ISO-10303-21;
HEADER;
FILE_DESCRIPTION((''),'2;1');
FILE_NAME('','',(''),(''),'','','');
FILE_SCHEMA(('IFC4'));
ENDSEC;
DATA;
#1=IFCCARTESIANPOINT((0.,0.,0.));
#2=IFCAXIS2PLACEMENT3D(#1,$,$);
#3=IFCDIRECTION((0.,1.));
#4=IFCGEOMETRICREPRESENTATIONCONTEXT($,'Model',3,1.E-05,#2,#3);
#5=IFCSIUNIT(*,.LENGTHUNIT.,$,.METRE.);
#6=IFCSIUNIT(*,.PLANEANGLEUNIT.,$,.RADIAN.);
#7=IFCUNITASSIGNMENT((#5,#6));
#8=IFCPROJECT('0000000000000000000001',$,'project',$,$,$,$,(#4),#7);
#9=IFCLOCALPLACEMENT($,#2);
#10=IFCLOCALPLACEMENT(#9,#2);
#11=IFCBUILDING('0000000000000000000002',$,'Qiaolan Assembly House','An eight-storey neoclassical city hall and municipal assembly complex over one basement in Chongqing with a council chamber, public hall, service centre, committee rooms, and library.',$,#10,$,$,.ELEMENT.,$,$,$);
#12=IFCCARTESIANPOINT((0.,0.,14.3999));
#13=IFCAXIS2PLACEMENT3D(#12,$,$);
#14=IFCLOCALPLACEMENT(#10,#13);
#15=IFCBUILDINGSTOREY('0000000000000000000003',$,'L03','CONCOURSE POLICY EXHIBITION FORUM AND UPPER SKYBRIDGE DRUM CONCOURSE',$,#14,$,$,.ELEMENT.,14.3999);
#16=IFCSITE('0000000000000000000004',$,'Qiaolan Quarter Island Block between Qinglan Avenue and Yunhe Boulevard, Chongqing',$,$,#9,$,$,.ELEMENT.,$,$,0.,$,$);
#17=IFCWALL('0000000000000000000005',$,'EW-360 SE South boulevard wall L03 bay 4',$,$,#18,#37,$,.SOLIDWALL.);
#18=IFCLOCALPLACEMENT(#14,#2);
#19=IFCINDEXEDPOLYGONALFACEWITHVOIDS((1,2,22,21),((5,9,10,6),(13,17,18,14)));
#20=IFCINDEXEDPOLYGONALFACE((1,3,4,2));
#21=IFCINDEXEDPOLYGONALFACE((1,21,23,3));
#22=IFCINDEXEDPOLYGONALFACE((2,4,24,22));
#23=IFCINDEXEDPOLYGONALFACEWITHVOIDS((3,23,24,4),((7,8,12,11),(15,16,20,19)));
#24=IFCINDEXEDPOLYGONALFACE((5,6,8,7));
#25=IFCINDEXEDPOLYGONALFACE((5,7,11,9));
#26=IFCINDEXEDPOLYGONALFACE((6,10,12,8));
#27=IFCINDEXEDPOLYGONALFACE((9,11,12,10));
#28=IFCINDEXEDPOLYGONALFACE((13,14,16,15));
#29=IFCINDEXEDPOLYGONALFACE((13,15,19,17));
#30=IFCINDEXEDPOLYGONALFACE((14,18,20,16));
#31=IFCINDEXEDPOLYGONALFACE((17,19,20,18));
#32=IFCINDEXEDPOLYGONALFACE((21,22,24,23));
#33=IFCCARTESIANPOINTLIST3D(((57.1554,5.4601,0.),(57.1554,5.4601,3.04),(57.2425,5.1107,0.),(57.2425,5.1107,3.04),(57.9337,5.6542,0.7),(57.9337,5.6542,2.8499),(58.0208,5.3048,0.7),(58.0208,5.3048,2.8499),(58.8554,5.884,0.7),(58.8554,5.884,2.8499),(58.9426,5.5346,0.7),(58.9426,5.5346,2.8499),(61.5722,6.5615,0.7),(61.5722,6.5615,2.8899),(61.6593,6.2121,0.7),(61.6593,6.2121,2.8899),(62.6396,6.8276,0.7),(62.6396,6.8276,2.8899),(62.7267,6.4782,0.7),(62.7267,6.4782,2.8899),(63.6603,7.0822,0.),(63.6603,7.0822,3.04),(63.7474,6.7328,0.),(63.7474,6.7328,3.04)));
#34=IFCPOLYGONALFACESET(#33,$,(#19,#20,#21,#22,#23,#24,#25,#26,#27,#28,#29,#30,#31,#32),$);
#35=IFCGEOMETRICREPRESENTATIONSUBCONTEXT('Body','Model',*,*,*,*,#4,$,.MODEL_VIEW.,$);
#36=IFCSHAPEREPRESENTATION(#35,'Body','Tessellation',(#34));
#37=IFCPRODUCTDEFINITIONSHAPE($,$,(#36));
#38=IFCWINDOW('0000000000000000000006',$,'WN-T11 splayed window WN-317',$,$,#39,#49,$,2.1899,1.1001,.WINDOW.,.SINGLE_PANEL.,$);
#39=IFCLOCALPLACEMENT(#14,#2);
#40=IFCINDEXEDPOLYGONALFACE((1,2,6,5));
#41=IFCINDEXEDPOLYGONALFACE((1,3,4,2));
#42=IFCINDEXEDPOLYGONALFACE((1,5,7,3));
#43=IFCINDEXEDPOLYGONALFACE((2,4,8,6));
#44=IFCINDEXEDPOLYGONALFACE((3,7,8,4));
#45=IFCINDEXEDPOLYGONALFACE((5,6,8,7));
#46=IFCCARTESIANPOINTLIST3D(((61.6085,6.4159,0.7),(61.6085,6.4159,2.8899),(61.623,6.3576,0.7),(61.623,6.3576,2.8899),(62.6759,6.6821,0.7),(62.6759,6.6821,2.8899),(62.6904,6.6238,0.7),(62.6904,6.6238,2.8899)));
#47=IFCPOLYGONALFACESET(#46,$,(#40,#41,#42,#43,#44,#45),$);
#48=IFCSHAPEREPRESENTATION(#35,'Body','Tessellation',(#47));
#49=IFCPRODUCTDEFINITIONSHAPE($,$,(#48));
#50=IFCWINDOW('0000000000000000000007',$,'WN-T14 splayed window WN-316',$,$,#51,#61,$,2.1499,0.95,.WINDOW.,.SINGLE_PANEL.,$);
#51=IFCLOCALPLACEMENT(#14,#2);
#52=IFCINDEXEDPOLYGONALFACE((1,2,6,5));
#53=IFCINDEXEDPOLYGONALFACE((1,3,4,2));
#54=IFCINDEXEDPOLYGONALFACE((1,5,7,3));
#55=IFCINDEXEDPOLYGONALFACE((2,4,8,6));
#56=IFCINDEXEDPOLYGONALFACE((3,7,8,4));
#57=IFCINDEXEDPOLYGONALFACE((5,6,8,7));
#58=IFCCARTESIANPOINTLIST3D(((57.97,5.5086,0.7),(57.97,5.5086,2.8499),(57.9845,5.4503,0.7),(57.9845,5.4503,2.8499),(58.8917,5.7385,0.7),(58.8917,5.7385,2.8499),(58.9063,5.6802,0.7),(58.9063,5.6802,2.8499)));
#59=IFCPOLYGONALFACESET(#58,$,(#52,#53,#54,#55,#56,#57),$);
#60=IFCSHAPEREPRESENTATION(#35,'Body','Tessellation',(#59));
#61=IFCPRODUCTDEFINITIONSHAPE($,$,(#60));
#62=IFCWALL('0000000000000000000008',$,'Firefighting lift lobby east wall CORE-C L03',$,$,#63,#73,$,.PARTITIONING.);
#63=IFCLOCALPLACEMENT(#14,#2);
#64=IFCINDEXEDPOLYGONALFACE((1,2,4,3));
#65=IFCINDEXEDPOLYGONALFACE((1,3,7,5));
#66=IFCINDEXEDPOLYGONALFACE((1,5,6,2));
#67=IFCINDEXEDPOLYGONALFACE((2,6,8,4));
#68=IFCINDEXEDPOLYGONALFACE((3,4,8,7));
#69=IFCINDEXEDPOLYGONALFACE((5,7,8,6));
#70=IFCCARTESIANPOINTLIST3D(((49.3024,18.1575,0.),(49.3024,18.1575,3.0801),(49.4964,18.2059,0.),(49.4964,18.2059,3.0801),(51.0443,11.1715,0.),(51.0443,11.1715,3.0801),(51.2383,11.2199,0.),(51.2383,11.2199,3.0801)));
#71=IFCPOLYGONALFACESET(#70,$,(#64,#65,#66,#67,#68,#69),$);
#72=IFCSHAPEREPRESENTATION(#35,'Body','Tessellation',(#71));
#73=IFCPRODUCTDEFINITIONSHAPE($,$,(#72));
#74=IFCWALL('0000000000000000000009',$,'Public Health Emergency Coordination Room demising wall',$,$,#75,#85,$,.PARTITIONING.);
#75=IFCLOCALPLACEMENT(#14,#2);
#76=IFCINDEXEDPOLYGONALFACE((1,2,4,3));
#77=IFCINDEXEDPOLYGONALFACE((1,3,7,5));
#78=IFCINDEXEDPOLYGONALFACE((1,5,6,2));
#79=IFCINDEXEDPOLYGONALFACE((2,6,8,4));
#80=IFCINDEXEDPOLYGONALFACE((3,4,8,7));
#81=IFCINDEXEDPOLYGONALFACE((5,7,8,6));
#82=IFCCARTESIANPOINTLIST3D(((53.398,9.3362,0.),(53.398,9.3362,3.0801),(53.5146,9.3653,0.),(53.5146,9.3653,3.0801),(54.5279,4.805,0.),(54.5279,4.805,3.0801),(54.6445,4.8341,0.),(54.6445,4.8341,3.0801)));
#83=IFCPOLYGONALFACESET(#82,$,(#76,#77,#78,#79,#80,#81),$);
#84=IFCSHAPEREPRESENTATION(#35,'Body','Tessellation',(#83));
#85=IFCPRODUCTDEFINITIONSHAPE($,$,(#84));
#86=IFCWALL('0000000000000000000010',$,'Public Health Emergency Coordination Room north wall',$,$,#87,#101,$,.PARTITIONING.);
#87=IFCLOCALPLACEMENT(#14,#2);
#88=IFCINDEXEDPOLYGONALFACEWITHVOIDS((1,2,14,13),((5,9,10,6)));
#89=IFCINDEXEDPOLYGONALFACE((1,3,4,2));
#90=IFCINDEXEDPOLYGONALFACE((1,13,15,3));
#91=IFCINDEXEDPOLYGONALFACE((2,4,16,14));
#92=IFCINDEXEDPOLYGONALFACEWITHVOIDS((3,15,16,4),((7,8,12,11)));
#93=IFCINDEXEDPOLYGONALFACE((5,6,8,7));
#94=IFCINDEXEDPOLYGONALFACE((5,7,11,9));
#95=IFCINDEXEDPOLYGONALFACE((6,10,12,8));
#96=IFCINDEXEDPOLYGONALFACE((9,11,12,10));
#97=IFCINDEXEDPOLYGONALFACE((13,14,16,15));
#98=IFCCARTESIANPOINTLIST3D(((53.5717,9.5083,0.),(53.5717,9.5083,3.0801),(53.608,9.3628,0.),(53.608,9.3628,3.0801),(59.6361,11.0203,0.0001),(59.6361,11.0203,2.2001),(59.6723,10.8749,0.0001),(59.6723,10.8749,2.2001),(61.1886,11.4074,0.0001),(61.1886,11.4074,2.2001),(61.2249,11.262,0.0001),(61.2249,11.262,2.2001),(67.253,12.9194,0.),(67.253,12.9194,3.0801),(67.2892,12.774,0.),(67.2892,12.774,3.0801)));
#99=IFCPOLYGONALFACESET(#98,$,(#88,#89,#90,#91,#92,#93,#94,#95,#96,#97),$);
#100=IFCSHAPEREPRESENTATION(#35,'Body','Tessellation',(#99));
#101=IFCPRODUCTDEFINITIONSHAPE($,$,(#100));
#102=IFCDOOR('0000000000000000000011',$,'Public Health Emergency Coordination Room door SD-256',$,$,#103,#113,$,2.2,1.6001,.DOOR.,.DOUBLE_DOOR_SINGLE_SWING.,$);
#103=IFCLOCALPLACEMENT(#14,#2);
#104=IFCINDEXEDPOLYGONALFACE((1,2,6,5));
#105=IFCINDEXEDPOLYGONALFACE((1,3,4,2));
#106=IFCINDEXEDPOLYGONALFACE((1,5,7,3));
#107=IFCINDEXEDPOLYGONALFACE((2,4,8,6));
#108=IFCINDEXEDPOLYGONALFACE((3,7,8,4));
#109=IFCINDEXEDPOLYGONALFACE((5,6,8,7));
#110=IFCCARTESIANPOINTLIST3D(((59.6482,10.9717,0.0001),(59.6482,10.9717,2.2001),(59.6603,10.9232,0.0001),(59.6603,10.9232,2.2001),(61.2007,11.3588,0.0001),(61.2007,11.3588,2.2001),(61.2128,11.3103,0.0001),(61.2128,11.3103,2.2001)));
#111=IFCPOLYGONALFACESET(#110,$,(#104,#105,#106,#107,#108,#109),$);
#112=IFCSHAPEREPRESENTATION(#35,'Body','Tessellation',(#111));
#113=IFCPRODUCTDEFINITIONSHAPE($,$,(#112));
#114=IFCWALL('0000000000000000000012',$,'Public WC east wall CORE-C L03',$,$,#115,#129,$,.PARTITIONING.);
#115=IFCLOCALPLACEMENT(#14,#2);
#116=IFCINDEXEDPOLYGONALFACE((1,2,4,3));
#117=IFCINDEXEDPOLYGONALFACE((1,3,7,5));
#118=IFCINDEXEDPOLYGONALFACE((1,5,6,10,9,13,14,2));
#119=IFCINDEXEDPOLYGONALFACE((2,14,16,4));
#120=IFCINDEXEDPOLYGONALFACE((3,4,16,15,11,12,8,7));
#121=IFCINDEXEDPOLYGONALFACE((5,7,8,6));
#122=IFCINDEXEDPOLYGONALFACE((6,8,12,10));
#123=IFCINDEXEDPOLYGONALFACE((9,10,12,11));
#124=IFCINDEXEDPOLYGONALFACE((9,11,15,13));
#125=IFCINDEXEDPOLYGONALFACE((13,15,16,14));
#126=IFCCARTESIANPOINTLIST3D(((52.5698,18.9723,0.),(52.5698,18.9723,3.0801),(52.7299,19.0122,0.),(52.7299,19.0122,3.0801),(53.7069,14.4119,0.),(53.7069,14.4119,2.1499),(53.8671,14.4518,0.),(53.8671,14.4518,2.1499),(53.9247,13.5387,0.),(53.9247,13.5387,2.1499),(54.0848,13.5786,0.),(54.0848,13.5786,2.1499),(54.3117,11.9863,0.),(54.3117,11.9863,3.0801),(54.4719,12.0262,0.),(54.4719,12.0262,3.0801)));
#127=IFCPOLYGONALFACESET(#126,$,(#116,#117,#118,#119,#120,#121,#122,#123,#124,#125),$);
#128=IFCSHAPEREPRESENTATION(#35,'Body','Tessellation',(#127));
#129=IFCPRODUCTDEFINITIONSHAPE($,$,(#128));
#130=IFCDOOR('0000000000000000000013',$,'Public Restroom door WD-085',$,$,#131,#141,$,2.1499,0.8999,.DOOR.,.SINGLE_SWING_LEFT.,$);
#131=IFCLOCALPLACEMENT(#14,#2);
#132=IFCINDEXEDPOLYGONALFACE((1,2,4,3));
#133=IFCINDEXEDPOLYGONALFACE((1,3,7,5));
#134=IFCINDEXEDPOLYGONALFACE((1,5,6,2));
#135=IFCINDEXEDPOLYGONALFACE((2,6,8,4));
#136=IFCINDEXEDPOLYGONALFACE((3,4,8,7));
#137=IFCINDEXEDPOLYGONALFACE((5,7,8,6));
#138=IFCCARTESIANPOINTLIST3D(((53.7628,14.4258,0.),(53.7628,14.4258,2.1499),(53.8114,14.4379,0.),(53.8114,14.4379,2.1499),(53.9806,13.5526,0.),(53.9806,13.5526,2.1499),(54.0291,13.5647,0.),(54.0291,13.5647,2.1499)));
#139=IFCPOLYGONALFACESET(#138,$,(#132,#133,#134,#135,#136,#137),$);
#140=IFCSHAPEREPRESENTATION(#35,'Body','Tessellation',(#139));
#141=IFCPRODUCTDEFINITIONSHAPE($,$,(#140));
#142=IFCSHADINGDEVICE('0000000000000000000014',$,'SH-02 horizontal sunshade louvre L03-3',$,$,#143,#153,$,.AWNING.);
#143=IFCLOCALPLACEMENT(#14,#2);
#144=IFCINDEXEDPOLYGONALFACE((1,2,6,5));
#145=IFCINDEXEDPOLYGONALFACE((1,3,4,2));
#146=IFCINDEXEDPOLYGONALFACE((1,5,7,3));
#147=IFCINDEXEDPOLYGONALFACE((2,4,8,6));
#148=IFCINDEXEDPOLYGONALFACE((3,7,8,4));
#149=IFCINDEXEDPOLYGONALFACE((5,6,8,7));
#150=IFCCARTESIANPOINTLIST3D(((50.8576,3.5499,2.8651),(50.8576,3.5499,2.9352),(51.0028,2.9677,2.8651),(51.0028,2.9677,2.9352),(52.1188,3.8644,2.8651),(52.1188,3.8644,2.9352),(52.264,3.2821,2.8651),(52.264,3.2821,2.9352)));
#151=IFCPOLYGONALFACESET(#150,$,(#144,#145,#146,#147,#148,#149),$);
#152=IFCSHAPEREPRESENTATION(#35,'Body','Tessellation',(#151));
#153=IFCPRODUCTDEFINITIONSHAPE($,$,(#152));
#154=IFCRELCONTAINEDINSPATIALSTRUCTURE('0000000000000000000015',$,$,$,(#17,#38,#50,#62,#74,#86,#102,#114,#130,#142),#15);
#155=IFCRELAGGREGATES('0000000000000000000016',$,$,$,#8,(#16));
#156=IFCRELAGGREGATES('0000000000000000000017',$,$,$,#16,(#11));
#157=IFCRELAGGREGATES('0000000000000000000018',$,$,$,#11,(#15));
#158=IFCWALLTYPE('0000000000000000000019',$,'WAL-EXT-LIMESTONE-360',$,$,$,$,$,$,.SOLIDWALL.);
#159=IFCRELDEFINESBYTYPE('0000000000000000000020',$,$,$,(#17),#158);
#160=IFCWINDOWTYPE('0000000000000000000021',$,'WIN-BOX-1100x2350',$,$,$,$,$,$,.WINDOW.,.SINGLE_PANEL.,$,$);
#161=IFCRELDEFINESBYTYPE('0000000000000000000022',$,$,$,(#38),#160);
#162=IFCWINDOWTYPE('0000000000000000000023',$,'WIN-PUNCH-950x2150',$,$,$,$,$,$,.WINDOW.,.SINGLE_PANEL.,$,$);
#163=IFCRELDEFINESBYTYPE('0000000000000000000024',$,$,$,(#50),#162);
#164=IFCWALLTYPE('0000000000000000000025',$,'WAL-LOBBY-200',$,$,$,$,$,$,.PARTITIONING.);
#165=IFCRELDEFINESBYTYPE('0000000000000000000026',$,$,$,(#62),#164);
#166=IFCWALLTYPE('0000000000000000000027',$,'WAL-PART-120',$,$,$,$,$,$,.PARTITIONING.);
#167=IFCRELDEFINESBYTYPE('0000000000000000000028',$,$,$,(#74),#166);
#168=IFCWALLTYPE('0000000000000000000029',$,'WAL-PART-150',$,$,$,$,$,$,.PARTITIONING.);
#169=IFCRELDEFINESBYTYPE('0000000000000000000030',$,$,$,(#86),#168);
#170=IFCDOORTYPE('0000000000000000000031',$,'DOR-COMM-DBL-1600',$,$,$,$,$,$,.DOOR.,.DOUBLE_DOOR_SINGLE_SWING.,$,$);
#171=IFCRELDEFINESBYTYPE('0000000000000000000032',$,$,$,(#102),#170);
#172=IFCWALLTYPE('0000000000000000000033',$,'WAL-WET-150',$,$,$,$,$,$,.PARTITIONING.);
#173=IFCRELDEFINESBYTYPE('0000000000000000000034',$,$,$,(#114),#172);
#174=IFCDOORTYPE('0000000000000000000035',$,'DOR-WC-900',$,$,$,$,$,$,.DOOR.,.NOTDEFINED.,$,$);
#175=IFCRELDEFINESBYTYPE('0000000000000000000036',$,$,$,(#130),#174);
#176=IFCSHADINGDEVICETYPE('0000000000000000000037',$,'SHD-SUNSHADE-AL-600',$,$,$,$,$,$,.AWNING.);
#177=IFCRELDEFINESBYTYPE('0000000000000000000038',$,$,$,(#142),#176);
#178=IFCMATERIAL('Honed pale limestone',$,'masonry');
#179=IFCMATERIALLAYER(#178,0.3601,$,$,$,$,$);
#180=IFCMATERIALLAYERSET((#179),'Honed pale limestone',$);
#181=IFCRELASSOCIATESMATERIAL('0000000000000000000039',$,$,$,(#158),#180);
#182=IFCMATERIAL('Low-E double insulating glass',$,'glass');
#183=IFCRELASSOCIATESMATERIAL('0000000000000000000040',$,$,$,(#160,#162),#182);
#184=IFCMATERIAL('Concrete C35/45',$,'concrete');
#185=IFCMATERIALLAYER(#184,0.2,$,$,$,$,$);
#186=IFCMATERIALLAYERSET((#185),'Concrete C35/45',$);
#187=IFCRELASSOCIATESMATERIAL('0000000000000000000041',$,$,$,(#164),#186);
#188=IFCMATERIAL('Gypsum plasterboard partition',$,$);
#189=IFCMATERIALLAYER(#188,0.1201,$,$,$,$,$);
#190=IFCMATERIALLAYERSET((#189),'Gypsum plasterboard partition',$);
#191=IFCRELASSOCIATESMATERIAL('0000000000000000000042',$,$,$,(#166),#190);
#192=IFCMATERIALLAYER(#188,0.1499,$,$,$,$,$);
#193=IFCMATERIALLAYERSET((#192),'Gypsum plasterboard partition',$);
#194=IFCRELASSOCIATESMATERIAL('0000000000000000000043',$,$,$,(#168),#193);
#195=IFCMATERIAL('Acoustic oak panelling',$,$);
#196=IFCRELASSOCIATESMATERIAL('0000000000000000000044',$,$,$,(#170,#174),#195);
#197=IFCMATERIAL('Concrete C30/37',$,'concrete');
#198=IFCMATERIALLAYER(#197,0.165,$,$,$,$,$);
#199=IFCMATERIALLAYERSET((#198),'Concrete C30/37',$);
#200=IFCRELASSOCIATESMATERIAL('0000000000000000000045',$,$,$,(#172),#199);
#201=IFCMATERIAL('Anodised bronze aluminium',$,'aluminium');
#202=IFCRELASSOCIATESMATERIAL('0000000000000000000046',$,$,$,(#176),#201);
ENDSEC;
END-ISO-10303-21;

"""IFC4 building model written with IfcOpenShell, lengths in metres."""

from ifc_helpers import new_model, si_unit, direction, frame, frame_2d, origin, origin_2d, place, context, subcontext, project, spatial, rectangle, extrude, material, layer, layer_set, material_profile, profile_set, type_object, element, fill, save


model = new_model("IFC4")

# Units and contexts
model_context = context("Model", 3, precision=1e-05, world=origin(), true_north=direction((0.0, 1.0)))
body_context = subcontext(model_context, "Body", "Model", "MODEL_VIEW")
ifc_project = project(units=[si_unit("LENGTHUNIT", "METRE"), si_unit("PLANEANGLEUNIT", "RADIAN")], contexts=[model_context])

# Site, building, storey
site_placement = place(None, origin())
site = spatial("IfcSite", under=ifc_project, at=site_placement, Name="Qiaolan Quarter Island Block between Qinglan Avenue and Yunhe Boulevard, Chongqing", CompositionType="ELEMENT", RefElevation=0.0)
building_placement = place(site_placement, origin())
building = spatial("IfcBuilding", under=site, at=building_placement, Name="Qiaolan Assembly House", Description="An eight-storey neoclassical city hall and municipal assembly complex over one basement in Chongqing with a council chamber, public hall, service centre, committee rooms, and library.", CompositionType="ELEMENT")
storey_placement = place(building_placement, frame((0.0, 0.0, 14.3999)))
storey = spatial("IfcBuildingStorey", under=building, at=storey_placement, Name="L03", Description="CONCOURSE POLICY EXHIBITION FORUM AND UPPER SKYBRIDGE DRUM CONCOURSE", CompositionType="ELEMENT", Elevation=14.3999)

# Wall, openings, windows
ifc_material_1 = material(Name="Honed pale limestone", Category="masonry")
ifc_layer_1 = layer(ifc_material_1, 0.3601)
ifc_layer_set_1 = layer_set([ifc_layer_1], Name="Honed pale limestone")
wall_type_1 = type_object("IfcWallType", Name="WAL-EXT-LIMESTONE-360", PredefinedType="SOLIDWALL", material=ifc_layer_set_1)
wall_1_placement = place(storey_placement, frame((57.199, 5.2854, 0.0), z_axis=(0.0, 0.0, 1.0), x_axis=(0.970288, 0.241953, 0.0)))
wall_1 = element("IfcWall", 1, at=wall_1_placement, inside=storey, type_object=wall_type_1, Name="EW-360 SE South boulevard wall L03 bay 4", PredefinedType="SOLIDWALL", context=body_context, shape_type="SweptSolid", body=[
    extrude(rectangle(XDim=6.7041, YDim=0.3601, at=frame_2d((3.3521, 0.0))), origin(), (0.0, 0.0, 1.0), 3.04),
])
opening_1_placement = place(wall_1_placement, frame((0.802, 0.0, 0.7)))
opening_1 = element("IfcOpeningElement", 2, at=opening_1_placement, cuts=wall_1, PredefinedType="OPENING", context=body_context, shape_type="SweptSolid", body=[
    extrude(rectangle(XDim=0.95, YDim=2.1499, at=frame_2d((0.4751, 1.075))), frame((0.0, 0.1899, 0.0), z_axis=(0.0, -1.0, 0.0), x_axis=(1.0, 0.0, 0.0)), (0.0, 0.0, 1.0), 0.3801),
])
opening_2_placement = place(wall_1_placement, frame((4.552, 0.0, 0.7)))
opening_2 = element("IfcOpeningElement", 3, at=opening_2_placement, cuts=wall_1, PredefinedType="OPENING", context=body_context, shape_type="SweptSolid", body=[
    extrude(rectangle(XDim=1.1001, YDim=2.1899, at=frame_2d((0.55, 1.095))), frame((0.0, 0.1899, 0.0), z_axis=(0.0, -1.0, 0.0), x_axis=(1.0, 0.0, 0.0)), (0.0, 0.0, 1.0), 0.3801),
])
ifc_material_2 = material(Name="Low-E double insulating glass", Category="glass")
window_type_1 = type_object("IfcWindowType", Name="WIN-BOX-1100x2350", PartitioningType="SINGLE_PANEL", PredefinedType="WINDOW", material=ifc_material_2)
window_1_placement = place(opening_2_placement, origin())
window_1 = element("IfcWindow", 4, at=window_1_placement, inside=storey, type_object=window_type_1, Name="WN-T11 splayed window WN-317", OverallHeight=2.1899, OverallWidth=1.1001, PartitioningType="SINGLE_PANEL", PredefinedType="WINDOW", context=body_context, shape_type="SweptSolid", body=[
    extrude(rectangle(XDim=1.1001, YDim=2.1899, at=frame_2d((0.55, 1.095))), frame((0.0, 0.03, 0.0), z_axis=(0.0, -1.0, 0.0), x_axis=(1.0, 0.0, 0.0)), (0.0, 0.0, 1.0), 0.0601),
])
fill(opening_2, window_1)
window_type_2 = type_object("IfcWindowType", Name="WIN-PUNCH-950x2150", PartitioningType="SINGLE_PANEL", PredefinedType="WINDOW", material=ifc_material_2)
window_2_placement = place(opening_1_placement, origin())
window_2 = element("IfcWindow", 5, at=window_2_placement, inside=storey, type_object=window_type_2, Name="WN-T14 splayed window WN-316", OverallHeight=2.1499, OverallWidth=0.95, PartitioningType="SINGLE_PANEL", PredefinedType="WINDOW", context=body_context, shape_type="SweptSolid", body=[
    extrude(rectangle(XDim=0.95, YDim=2.1499, at=frame_2d((0.4751, 1.075))), frame((0.0, 0.03, 0.0), z_axis=(0.0, -1.0, 0.0), x_axis=(1.0, 0.0, 0.0)), (0.0, 0.0, 1.0), 0.0601),
])
fill(opening_1, window_2)

# Walls
ifc_material_3 = material(Name="Concrete C35/45", Category="concrete")
ifc_layer_2 = layer(ifc_material_3, 0.2)
ifc_layer_set_2 = layer_set([ifc_layer_2], Name="Concrete C35/45")
wall_type_2 = type_object("IfcWallType", Name="WAL-LOBBY-200", PredefinedType="PARTITIONING", material=ifc_layer_set_2)
wall_2_placement = place(storey_placement, frame((51.1414, 11.1956, 0.0), z_axis=(0.0, 0.0, 1.0), x_axis=(-0.241937, 0.970292, 0.0)))
element("IfcWall", 6, at=wall_2_placement, inside=storey, type_object=wall_type_2, Name="Firefighting lift lobby east wall CORE-C L03", PredefinedType="PARTITIONING", context=body_context, shape_type="SweptSolid", body=[
    extrude(rectangle(XDim=7.2, YDim=0.2, at=frame_2d((3.6001, 0.0))), origin(), (0.0, 0.0, 1.0), 3.0801),
])
ifc_material_4 = material(Name="Gypsum plasterboard partition")
ifc_layer_3 = layer(ifc_material_4, 0.1201)
ifc_layer_set_3 = layer_set([ifc_layer_3], Name="Gypsum plasterboard partition")
wall_type_3 = type_object("IfcWallType", Name="WAL-PART-120", PredefinedType="PARTITIONING", material=ifc_layer_set_3)
wall_3_placement = place(storey_placement, frame((54.5862, 4.8196, 0.0), z_axis=(0.0, 0.0, 1.0), x_axis=(-0.241945, 0.97029, 0.0)))
element("IfcWall", 7, at=wall_3_placement, inside=storey, type_object=wall_type_3, Name="Public Health Emergency Coordination Room demising wall", PredefinedType="PARTITIONING", context=body_context, shape_type="SweptSolid", body=[
    extrude(rectangle(XDim=4.6699, YDim=0.1201, at=frame_2d((2.335, 0.0))), origin(), (0.0, 0.0, 1.0), 3.0801),
])

# Walls, openings, doors
ifc_layer_4 = layer(ifc_material_4, 0.1499)
ifc_layer_set_4 = layer_set([ifc_layer_4], Name="Gypsum plasterboard partition")
wall_type_4 = type_object("IfcWallType", Name="WAL-PART-150", PredefinedType="PARTITIONING", material=ifc_layer_set_4)
wall_4_placement = place(storey_placement, frame((53.5898, 9.4355, 0.0), z_axis=(0.0, 0.0, 1.0), x_axis=(0.970295, 0.241924, 0.0)))
wall_4 = element("IfcWall", 8, at=wall_4_placement, inside=storey, type_object=wall_type_4, Name="Public Health Emergency Coordination Room north wall", PredefinedType="PARTITIONING", context=body_context, shape_type="SweptSolid", body=[
    extrude(rectangle(XDim=14.1001, YDim=0.1499, at=frame_2d((7.05, 0.0))), origin(), (0.0, 0.0, 1.0), 3.0801),
])
opening_3_placement = place(wall_4_placement, frame((6.25, 0.0, 0.0)))
opening_3 = element("IfcOpeningElement", 9, at=opening_3_placement, cuts=wall_4, PredefinedType="OPENING", context=body_context, shape_type="SweptSolid", body=[
    extrude(rectangle(XDim=1.6001, YDim=2.2, at=frame_2d((0.8, 1.1001))), frame((0.0, 0.085, 0.0), z_axis=(0.0, -1.0, 0.0), x_axis=(1.0, 0.0, 0.0)), (0.0, 0.0, 1.0), 0.1699),
])
ifc_material_5 = material(Name="Acoustic oak panelling")
door_type_1 = type_object("IfcDoorType", Name="DOR-COMM-DBL-1600", OperationType="DOUBLE_DOOR_SINGLE_SWING", PredefinedType="DOOR", material=ifc_material_5)
door_1_placement = place(opening_3_placement, origin())
door_1 = element("IfcDoor", 10, at=door_1_placement, inside=storey, type_object=door_type_1, Name="Public Health Emergency Coordination Room door SD-256", OperationType="DOUBLE_DOOR_SINGLE_SWING", OverallHeight=2.2, OverallWidth=1.6001, PredefinedType="DOOR", context=body_context, shape_type="SweptSolid", body=[
    extrude(rectangle(XDim=1.6001, YDim=2.2, at=frame_2d((0.8, 1.1001))), frame((0.0, 0.0249, 0.0), z_axis=(0.0, -1.0, 0.0), x_axis=(1.0, 0.0, 0.0)), (0.0, 0.0, 1.0), 0.05),
])
fill(opening_3, door_1)
ifc_material_6 = material(Name="Concrete C30/37", Category="concrete")
ifc_layer_5 = layer(ifc_material_6, 0.165)
ifc_layer_set_5 = layer_set([ifc_layer_5], Name="Concrete C30/37")
wall_type_5 = type_object("IfcWallType", Name="WAL-WET-150", PredefinedType="PARTITIONING", material=ifc_layer_set_5)
wall_5_placement = place(storey_placement, frame((54.3918, 12.0061, 0.0), z_axis=(0.0, 0.0, 1.0), x_axis=(-0.241937, 0.970292, 0.0)))
wall_5 = element("IfcWall", 11, at=wall_5_placement, inside=storey, type_object=wall_type_5, Name="Public WC east wall CORE-C L03", PredefinedType="PARTITIONING", context=body_context, shape_type="SweptSolid", body=[
    extrude(rectangle(XDim=7.2, YDim=0.165, at=frame_2d((3.6001, 0.0))), origin(), (0.0, 0.0, 1.0), 3.0801),
])
opening_4_placement = place(wall_5_placement, frame((1.6001, 0.0, 0.0)))
opening_4 = element("IfcOpeningElement", 12, at=opening_4_placement, cuts=wall_5, PredefinedType="OPENING", context=body_context, shape_type="SweptSolid", body=[
    extrude(rectangle(XDim=0.8999, YDim=2.1499, at=frame_2d((0.45, 1.075))), frame((0.0, 0.0925, 0.0), z_axis=(0.0, -1.0, 0.0), x_axis=(1.0, 0.0, 0.0)), (0.0, 0.0, 1.0), 0.1851),
])
door_type_2 = type_object("IfcDoorType", Name="DOR-WC-900", OperationType="NOTDEFINED", PredefinedType="DOOR", material=ifc_material_5)
door_2_placement = place(opening_4_placement, origin())
door_2 = element("IfcDoor", 13, at=door_2_placement, inside=storey, type_object=door_type_2, Name="Public Restroom door WD-085", OperationType="SINGLE_SWING_LEFT", OverallHeight=2.1499, OverallWidth=0.8999, PredefinedType="DOOR", context=body_context, shape_type="SweptSolid", body=[
    extrude(rectangle(XDim=0.8999, YDim=2.1499, at=frame_2d((0.45, 1.075))), frame((0.0, 0.0249, 0.0), z_axis=(0.0, -1.0, 0.0), x_axis=(1.0, 0.0, 0.0)), (0.0, 0.0, 1.0), 0.05),
])
fill(opening_4, door_2)

# Shading device
ifc_material_7 = material(Name="Anodised bronze aluminium", Category="aluminium")
ifc_material_profile_1 = material_profile(ifc_material_7, rectangle(XDim=0.6001, YDim=0.0701, at=origin_2d()), Name="SHD 600x70")
ifc_profile_set_1 = profile_set([ifc_material_profile_1], Name="Anodised bronze aluminium")
shading_device_type = type_object("IfcShadingDeviceType", Name="SHD-SUNSHADE-AL-600", PredefinedType="AWNING", material=ifc_profile_set_1)
shading_device_1_placement = place(storey_placement, frame((50.9302, 3.2588, 2.9001), z_axis=(0.970297, 0.241917, 0.0), x_axis=(-0.241917, 0.970297, 0.0)))
element("IfcShadingDevice", 14, at=shading_device_1_placement, inside=storey, type_object=shading_device_type, Name="SH-02 horizontal sunshade louvre L03-3", PredefinedType="AWNING", context=body_context, shape_type="SweptSolid", body=[
    extrude(rectangle(XDim=0.6001, YDim=0.0701, at=origin_2d()), origin(), (0.0, 0.0, 1.0), 1.2998),
])

save(model, "model.ifc")
